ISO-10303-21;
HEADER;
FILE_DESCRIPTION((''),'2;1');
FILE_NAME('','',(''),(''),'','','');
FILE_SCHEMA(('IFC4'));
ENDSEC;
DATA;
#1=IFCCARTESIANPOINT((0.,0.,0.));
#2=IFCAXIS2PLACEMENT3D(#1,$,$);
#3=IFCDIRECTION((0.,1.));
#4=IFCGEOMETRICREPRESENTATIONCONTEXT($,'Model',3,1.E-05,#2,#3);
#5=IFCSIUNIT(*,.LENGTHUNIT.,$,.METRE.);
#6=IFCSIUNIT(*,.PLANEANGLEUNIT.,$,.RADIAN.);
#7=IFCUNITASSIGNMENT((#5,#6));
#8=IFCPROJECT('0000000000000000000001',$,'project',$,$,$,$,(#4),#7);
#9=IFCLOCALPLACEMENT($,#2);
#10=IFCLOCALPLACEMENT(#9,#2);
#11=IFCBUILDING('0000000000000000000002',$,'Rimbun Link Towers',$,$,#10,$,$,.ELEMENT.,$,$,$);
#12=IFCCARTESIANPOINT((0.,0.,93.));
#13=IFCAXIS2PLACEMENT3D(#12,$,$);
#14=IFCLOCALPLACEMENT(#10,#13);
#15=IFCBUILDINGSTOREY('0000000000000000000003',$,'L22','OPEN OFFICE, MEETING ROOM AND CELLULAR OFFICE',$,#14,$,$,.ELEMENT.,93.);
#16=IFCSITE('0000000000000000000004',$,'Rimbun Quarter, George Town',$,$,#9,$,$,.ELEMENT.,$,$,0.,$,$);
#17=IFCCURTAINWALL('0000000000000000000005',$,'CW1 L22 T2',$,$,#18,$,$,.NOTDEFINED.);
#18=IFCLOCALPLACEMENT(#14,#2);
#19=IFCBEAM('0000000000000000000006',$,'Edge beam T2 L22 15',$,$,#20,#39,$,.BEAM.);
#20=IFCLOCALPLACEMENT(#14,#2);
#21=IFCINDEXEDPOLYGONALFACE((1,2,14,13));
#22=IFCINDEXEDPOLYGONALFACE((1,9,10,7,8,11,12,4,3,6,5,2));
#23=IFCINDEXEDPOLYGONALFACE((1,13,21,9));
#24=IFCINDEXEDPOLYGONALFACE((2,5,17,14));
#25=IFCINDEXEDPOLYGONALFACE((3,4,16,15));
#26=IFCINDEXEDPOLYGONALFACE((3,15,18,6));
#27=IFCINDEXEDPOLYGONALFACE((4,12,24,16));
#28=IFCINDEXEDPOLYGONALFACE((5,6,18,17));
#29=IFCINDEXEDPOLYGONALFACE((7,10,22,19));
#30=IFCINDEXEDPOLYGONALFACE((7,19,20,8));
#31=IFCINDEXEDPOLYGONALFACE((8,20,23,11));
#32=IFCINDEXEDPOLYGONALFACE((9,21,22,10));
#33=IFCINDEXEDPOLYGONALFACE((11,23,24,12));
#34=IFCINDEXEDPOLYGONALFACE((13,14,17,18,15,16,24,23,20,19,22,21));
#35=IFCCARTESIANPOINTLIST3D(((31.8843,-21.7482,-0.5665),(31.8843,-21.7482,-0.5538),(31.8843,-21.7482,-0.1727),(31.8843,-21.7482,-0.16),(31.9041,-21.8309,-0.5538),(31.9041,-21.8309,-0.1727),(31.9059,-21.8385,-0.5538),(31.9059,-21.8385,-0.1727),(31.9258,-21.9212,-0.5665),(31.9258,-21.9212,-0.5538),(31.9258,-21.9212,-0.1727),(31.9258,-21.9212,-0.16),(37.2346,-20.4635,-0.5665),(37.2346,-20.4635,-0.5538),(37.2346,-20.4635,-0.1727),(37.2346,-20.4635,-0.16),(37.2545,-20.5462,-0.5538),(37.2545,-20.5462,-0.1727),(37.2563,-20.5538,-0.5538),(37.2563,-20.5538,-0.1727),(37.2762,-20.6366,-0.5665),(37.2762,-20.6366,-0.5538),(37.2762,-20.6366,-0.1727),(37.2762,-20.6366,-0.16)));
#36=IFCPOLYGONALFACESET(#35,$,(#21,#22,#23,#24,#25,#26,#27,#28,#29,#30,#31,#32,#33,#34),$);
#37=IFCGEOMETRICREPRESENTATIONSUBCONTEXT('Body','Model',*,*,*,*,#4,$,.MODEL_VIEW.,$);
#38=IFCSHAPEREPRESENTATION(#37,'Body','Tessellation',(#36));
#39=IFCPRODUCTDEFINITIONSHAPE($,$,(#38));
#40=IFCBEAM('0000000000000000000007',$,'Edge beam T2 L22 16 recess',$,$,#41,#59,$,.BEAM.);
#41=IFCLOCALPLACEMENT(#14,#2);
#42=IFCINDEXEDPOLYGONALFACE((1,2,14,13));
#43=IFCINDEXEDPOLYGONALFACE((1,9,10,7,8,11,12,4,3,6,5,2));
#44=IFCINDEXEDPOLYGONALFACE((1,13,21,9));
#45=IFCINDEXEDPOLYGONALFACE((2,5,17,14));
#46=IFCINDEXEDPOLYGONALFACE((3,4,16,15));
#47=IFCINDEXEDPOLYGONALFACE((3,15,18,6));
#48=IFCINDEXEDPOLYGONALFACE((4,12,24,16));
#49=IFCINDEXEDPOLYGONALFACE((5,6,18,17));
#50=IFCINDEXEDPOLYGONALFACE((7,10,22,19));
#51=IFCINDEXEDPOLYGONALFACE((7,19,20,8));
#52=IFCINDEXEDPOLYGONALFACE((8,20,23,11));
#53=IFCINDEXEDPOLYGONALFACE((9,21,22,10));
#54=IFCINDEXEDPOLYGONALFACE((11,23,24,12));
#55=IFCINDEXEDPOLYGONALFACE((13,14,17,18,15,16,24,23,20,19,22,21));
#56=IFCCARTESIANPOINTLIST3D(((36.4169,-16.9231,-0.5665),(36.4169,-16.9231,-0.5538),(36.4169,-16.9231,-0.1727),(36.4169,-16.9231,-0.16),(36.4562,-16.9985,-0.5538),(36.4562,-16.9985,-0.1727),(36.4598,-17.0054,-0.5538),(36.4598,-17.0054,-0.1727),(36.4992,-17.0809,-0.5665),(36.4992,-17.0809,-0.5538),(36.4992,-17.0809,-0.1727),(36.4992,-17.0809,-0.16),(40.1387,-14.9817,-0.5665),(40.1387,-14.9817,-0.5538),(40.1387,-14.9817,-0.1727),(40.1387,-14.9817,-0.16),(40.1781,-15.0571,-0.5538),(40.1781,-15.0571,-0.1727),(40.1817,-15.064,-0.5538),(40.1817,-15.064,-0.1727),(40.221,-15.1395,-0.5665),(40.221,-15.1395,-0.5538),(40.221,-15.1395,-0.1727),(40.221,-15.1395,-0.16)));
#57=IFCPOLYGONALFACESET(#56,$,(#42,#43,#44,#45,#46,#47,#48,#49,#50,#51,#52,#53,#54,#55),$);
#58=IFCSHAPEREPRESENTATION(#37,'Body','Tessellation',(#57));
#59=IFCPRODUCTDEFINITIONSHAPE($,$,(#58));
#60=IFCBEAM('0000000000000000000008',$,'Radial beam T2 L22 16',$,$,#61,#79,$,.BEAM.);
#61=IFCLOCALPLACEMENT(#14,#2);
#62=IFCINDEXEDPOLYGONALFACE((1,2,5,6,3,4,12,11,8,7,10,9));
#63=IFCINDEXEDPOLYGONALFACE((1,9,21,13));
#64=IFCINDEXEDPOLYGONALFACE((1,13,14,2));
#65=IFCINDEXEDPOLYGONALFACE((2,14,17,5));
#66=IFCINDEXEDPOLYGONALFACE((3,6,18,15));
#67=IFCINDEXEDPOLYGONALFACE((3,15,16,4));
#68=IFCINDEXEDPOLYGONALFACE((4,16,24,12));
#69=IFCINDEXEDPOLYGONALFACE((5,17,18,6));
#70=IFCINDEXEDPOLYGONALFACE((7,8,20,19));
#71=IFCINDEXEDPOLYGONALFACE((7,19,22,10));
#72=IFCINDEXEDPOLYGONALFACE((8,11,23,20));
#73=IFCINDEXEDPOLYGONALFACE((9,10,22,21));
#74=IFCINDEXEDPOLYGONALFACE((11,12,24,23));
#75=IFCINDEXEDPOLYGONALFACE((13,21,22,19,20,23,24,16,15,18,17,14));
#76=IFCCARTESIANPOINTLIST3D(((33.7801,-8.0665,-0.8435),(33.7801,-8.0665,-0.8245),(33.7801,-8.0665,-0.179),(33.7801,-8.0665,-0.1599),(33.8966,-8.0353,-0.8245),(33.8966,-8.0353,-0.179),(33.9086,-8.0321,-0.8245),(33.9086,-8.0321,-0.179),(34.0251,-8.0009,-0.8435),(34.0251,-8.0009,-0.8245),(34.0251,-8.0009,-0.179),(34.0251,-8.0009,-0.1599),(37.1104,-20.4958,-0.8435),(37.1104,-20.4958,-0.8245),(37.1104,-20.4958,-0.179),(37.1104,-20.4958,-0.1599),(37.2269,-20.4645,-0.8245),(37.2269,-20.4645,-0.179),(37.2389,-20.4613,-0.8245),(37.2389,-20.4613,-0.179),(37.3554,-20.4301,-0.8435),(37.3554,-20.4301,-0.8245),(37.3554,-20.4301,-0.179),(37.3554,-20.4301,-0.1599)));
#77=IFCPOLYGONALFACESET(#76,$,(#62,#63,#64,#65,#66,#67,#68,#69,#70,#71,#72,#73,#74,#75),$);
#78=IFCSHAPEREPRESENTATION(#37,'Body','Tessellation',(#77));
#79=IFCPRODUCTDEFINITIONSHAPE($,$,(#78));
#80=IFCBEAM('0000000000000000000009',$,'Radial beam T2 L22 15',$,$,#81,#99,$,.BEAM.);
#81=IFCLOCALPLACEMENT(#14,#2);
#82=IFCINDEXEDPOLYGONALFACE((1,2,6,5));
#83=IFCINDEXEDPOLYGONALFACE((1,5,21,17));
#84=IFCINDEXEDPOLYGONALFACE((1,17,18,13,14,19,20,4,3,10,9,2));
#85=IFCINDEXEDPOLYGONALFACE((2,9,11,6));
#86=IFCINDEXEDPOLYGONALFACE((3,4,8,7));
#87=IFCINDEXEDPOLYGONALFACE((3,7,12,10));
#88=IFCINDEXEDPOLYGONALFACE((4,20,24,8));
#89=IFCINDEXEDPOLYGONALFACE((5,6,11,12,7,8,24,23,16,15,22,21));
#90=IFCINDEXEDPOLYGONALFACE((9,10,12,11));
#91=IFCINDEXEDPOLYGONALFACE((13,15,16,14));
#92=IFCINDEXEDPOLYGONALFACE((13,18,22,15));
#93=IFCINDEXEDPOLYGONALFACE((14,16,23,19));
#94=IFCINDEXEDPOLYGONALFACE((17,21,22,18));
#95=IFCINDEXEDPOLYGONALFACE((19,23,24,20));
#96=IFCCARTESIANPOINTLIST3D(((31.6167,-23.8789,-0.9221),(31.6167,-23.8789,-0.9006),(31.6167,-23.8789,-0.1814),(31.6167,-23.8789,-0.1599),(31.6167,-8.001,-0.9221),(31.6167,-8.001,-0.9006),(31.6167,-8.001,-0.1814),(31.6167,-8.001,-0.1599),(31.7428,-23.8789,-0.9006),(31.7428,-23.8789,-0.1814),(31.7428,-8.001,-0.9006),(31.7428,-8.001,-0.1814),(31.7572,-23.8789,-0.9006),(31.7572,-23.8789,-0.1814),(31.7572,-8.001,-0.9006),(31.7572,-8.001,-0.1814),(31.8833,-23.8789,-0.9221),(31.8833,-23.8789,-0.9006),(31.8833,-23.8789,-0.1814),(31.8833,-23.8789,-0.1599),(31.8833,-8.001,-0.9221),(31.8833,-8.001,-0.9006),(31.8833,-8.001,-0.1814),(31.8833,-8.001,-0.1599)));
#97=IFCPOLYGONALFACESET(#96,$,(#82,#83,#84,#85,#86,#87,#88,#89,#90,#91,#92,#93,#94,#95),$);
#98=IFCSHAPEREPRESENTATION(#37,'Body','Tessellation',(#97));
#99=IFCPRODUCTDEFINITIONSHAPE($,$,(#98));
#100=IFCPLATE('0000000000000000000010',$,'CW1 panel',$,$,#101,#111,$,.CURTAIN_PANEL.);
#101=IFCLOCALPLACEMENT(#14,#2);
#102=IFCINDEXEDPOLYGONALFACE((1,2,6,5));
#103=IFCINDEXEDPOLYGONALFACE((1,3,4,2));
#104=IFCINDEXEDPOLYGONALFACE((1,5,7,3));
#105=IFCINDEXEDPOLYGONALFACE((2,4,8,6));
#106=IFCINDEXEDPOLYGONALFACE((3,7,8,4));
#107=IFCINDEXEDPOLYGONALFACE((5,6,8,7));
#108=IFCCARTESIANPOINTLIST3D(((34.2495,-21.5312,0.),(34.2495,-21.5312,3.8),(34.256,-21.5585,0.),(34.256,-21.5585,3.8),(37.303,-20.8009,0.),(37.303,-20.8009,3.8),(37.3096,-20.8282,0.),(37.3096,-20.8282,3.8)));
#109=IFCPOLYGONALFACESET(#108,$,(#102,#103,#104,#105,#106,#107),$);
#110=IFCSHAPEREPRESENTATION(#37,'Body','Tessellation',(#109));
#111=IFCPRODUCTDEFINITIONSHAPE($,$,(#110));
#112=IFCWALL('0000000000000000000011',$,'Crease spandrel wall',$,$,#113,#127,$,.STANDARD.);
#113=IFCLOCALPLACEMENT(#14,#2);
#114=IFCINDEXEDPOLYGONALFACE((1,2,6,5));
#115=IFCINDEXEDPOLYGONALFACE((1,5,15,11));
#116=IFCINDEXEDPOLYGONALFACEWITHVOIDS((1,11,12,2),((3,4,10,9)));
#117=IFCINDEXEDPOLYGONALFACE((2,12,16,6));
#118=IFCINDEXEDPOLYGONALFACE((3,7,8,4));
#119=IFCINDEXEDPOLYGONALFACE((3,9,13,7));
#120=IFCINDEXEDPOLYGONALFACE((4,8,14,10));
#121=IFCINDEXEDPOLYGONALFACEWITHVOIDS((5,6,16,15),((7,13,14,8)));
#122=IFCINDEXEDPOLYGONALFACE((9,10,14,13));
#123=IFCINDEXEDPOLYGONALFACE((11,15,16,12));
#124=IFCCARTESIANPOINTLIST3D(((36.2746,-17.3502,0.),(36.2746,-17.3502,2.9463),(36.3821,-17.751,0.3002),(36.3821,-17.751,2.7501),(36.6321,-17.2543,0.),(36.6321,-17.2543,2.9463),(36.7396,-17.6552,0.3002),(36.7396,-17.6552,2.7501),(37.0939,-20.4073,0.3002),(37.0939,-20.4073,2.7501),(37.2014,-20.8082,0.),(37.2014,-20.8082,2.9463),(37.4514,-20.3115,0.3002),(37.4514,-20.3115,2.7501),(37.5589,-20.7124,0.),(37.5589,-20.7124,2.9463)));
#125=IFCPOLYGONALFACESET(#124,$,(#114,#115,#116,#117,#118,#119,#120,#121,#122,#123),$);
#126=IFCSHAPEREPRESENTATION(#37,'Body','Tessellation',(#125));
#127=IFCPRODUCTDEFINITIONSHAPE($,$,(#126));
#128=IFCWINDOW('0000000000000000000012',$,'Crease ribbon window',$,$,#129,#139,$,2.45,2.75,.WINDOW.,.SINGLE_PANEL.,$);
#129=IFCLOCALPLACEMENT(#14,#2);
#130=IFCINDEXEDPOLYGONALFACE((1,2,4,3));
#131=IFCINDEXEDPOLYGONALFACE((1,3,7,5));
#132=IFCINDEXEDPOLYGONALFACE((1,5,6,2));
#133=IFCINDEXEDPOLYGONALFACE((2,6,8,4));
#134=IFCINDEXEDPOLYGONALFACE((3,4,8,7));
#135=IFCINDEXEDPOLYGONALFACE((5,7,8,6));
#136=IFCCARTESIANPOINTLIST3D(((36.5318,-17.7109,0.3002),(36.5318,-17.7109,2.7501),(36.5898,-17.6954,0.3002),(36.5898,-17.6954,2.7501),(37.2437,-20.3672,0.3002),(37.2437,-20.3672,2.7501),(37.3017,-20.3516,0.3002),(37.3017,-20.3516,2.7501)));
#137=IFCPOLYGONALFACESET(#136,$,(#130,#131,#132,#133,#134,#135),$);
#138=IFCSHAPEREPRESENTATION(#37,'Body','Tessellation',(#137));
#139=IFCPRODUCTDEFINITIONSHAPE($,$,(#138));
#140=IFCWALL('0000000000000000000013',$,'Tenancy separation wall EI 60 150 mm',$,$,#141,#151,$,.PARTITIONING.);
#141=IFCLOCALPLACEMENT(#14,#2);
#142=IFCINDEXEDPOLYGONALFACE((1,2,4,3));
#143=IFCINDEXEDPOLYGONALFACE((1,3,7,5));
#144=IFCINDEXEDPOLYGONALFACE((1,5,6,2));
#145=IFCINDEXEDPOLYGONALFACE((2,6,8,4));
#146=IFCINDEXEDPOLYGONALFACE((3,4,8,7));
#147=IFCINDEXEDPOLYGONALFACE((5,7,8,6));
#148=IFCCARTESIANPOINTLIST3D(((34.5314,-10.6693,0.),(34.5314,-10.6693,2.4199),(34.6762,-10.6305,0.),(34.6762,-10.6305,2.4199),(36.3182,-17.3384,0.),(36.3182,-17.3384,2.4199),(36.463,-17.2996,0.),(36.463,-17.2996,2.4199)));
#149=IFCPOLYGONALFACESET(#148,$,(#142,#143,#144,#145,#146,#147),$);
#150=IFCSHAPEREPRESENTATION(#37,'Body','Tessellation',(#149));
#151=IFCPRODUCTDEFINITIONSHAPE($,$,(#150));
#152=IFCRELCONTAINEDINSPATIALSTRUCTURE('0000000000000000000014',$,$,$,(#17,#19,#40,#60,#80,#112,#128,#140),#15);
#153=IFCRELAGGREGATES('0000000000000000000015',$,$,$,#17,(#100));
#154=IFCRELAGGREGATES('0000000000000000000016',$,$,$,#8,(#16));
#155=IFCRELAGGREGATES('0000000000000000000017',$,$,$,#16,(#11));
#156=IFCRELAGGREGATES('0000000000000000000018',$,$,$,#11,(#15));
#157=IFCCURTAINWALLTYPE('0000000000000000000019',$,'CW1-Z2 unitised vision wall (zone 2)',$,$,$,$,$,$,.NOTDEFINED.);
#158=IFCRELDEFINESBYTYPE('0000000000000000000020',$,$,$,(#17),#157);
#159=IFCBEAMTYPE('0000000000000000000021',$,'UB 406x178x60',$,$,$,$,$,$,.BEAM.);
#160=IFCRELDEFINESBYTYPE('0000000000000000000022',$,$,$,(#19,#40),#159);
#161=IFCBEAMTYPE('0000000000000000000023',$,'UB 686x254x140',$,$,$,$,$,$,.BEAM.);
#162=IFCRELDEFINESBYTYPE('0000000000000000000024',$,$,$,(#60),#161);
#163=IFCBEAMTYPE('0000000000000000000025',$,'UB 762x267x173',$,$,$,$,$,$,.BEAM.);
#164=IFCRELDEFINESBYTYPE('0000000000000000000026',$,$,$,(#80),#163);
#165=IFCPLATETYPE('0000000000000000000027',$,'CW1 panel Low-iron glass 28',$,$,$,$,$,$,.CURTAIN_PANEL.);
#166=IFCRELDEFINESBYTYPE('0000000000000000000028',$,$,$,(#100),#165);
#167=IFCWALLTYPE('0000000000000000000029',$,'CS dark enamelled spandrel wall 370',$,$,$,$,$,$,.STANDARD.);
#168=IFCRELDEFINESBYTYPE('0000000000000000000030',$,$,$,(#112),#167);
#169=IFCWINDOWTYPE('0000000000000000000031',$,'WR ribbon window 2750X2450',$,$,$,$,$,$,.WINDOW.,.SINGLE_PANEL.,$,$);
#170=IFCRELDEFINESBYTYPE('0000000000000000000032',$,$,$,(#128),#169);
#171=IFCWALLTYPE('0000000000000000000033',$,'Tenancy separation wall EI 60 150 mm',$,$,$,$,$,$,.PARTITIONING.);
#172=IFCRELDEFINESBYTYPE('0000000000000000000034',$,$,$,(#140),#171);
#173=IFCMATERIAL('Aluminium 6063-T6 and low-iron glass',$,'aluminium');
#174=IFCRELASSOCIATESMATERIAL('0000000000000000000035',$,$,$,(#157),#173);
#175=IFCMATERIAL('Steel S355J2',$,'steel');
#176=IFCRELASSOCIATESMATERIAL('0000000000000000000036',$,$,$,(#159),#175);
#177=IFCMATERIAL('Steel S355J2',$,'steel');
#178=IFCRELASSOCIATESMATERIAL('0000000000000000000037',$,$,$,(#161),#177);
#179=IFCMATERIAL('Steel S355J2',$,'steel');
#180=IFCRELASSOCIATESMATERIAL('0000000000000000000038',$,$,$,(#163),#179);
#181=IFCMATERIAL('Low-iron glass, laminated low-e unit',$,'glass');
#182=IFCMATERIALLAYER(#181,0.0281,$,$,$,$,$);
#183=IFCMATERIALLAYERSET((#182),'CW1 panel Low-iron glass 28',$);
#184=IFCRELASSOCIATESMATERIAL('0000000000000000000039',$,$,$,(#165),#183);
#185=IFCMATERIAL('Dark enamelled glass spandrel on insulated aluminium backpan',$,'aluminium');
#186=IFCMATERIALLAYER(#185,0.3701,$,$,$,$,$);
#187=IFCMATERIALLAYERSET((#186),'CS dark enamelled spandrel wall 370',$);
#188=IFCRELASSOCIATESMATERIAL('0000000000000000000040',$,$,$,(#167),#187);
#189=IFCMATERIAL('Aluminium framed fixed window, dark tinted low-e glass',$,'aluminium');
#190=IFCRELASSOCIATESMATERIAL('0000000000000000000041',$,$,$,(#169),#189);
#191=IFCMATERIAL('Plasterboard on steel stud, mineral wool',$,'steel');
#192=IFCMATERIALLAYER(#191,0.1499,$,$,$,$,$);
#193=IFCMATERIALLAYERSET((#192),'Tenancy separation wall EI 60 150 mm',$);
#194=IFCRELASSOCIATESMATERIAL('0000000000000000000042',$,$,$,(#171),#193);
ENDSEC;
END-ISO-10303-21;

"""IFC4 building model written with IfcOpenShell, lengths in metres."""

from ifc_helpers import new_model, si_unit, direction, frame, frame_2d, origin, origin_2d, place, context, subcontext, project, spatial, rectangle, i_section, extrude, material, layer, layer_set, material_profile, profile_set, type_object, element, fill, aggregate, save


model = new_model("IFC4")

# Units and contexts
model_context = context("Model", 3, precision=1e-05, world=origin(), true_north=direction((0.0, 1.0)))
body_context = subcontext(model_context, "Body", "Model", "MODEL_VIEW")
ifc_project = project(units=[si_unit("LENGTHUNIT", "METRE"), si_unit("PLANEANGLEUNIT", "RADIAN")], contexts=[model_context])

# Site, building, storey
site_placement = place(None, origin())
site = spatial("IfcSite", under=ifc_project, at=site_placement, Name="Rimbun Quarter, George Town", CompositionType="ELEMENT", RefElevation=0.0)
building_placement = place(site_placement, origin())
building = spatial("IfcBuilding", under=site, at=building_placement, Name="Rimbun Link Towers", CompositionType="ELEMENT")
storey_placement = place(building_placement, frame((0.0, 0.0, 93.0)))
storey = spatial("IfcBuildingStorey", under=building, at=storey_placement, Name="L22", Description="OPEN OFFICE, MEETING ROOM AND CELLULAR OFFICE", CompositionType="ELEMENT", Elevation=93.0)

# Curtain wall
ifc_material_1 = material(Name="Aluminium 6063-T6 and low-iron glass", Category="aluminium")
curtain_wall_type = type_object("IfcCurtainWallType", Name="CW1-Z2 unitised vision wall (zone 2)", PredefinedType="NOTDEFINED", material=ifc_material_1)
curtain_wall_placement = place(storey_placement, origin())
curtain_wall = element("IfcCurtainWall", 1, at=curtain_wall_placement, inside=storey, type_object=curtain_wall_type, Name="CW1 L22 T2", PredefinedType="NOTDEFINED")

# Beams
ifc_material_2 = material(Name="Steel S355J2", Category="steel")
ifc_material_profile_1 = material_profile(ifc_material_2, i_section(OverallWidth=0.178, OverallDepth=0.4065, WebThickness=0.0078, FlangeThickness=0.0127, at=origin_2d()), Name="UB 406x178x60")
ifc_profile_set_1 = profile_set([ifc_material_profile_1], Name="Steel S355J2")
beam_type_1 = type_object("IfcBeamType", Name="UB 406x178x60", PredefinedType="BEAM", material=ifc_profile_set_1)
beam_1_placement = place(storey_placement, frame((31.905, -21.8347, -0.3633), z_axis=(0.972363, 0.233474, 0.0), x_axis=(-0.233474, 0.972363, 0.0)))
element("IfcBeam", 2, at=beam_1_placement, inside=storey, type_object=beam_type_1, Name="Edge beam T2 L22 15", PredefinedType="BEAM", context=body_context, shape_type="SweptSolid", body=[
    extrude(i_section(OverallWidth=0.178, OverallDepth=0.4065, WebThickness=0.0078, FlangeThickness=0.0127, at=origin_2d()), origin(), (0.0, 0.0, 1.0), 5.5024),
])
beam_2_placement = place(storey_placement, frame((36.458, -17.002, -0.3633), z_axis=(0.88663, 0.462479, 0.0), x_axis=(-0.462479, 0.88663, 0.0)))
element("IfcBeam", 3, at=beam_2_placement, inside=storey, type_object=beam_type_1, Name="Edge beam T2 L22 16 recess", PredefinedType="BEAM", context=body_context, shape_type="SweptSolid", body=[
    extrude(i_section(OverallWidth=0.178, OverallDepth=0.4065, WebThickness=0.0078, FlangeThickness=0.0127, at=origin_2d()), origin(), (0.0, 0.0, 1.0), 4.1978),
])
ifc_material_3 = material(Name="Steel S355J2", Category="steel")
ifc_material_profile_2 = material_profile(ifc_material_3, i_section(OverallWidth=0.2537, OverallDepth=0.6836, WebThickness=0.0125, FlangeThickness=0.019, at=origin_2d()), Name="UB 686x254x140")
ifc_profile_set_2 = profile_set([ifc_material_profile_2], Name="Steel S355J2")
beam_type_2 = type_object("IfcBeamType", Name="UB 686x254x140", PredefinedType="BEAM", material=ifc_profile_set_2)
beam_3_placement = place(storey_placement, frame((33.9026, -8.0337, -0.5017), z_axis=(0.258814, -0.965927, 0.0), x_axis=(0.965927, 0.258814, 0.0)))
element("IfcBeam", 4, at=beam_3_placement, inside=storey, type_object=beam_type_2, Name="Radial beam T2 L22 16", PredefinedType="BEAM", context=body_context, shape_type="SweptSolid", body=[
    extrude(i_section(OverallWidth=0.2537, OverallDepth=0.6836, WebThickness=0.0125, FlangeThickness=0.019, at=origin_2d()), origin(), (0.0, 0.0, 1.0), 12.8677),
])
ifc_material_4 = material(Name="Steel S355J2", Category="steel")
ifc_material_profile_3 = material_profile(ifc_material_4, i_section(OverallWidth=0.2666, OverallDepth=0.7622, WebThickness=0.0144, FlangeThickness=0.0215, at=origin_2d()), Name="UB 762x267x173")
ifc_profile_set_3 = profile_set([ifc_material_profile_3], Name="Steel S355J2")
beam_type_3 = type_object("IfcBeamType", Name="UB 762x267x173", PredefinedType="BEAM", material=ifc_profile_set_3)
beam_4_placement = place(storey_placement, frame((31.75, -8.001, -0.541), z_axis=(0.0, -1.0, 0.0), x_axis=(1.0, 0.0, 0.0)))
element("IfcBeam", 5, at=beam_4_placement, inside=storey, type_object=beam_type_3, Name="Radial beam T2 L22 15", PredefinedType="BEAM", context=body_context, shape_type="SweptSolid", body=[
    extrude(i_section(OverallWidth=0.2666, OverallDepth=0.7622, WebThickness=0.0144, FlangeThickness=0.0215, at=origin_2d()), origin(), (0.0, 0.0, 1.0), 15.8779),
])

# Plate
ifc_material_5 = material(Name="Low-iron glass, laminated low-e unit", Category="glass")
ifc_layer_1 = layer(ifc_material_5, 0.0281)
ifc_layer_set_1 = layer_set([ifc_layer_1], Name="CW1 panel Low-iron glass 28")
plate_type = type_object("IfcPlateType", Name="CW1 panel Low-iron glass 28", PredefinedType="CURTAIN_PANEL", material=ifc_layer_set_1)
plate_placement = place(storey_placement, frame((35.7795, -21.1797, 0.0), z_axis=(0.0, 0.0, 1.0), x_axis=(-0.972572, -0.232601, 0.0)))
plate = element("IfcPlate", 6, at=plate_placement, type_object=plate_type, Name="CW1 panel", PredefinedType="CURTAIN_PANEL", context=body_context, shape_type="SweptSolid", body=[
    extrude(rectangle(XDim=3.1396, YDim=0.0281, at=origin_2d()), origin(), (0.0, 0.0, 1.0), 3.8),
])
aggregate(curtain_wall, [plate])

# Wall, opening, window
ifc_material_6 = material(Name="Dark enamelled glass spandrel on insulated aluminium backpan", Category="aluminium")
ifc_layer_2 = layer(ifc_material_6, 0.3701)
ifc_layer_set_2 = layer_set([ifc_layer_2], Name="CS dark enamelled spandrel wall 370")
wall_type_1 = type_object("IfcWallType", Name="CS dark enamelled spandrel wall 370", PredefinedType="STANDARD", material=ifc_layer_set_2)
wall_1_placement = place(storey_placement, frame((36.4534, -17.3022, 0.0), z_axis=(0.0, 0.0, 1.0), x_axis=(0.258868, -0.965913, 0.0)))
wall_1 = element("IfcWall", 7, at=wall_1_placement, inside=storey, type_object=wall_type_1, Name="Crease spandrel wall", PredefinedType="STANDARD", context=body_context, shape_type="SweptSolid", body=[
    extrude(rectangle(XDim=3.5801, YDim=0.3701, at=frame_2d((1.79, 0.0))), origin(), (0.0, 0.0, 1.0), 2.9463),
])
opening_placement = place(wall_1_placement, frame((0.415, 0.0, 0.3)))
opening = element("IfcOpeningElement", 8, at=opening_placement, cuts=wall_1, PredefinedType="OPENING", context=body_context, shape_type="SweptSolid", body=[
    extrude(rectangle(XDim=2.75, YDim=2.45, at=frame_2d((1.375, 1.2251))), frame((0.0, 0.1951, 0.0), z_axis=(0.0, -1.0, 0.0), x_axis=(1.0, 0.0, 0.0)), (0.0, 0.0, 1.0), 0.3901),
])
ifc_material_7 = material(Name="Aluminium framed fixed window, dark tinted low-e glass", Category="aluminium")
window_type = type_object("IfcWindowType", Name="WR ribbon window 2750X2450", PartitioningType="SINGLE_PANEL", PredefinedType="WINDOW", material=ifc_material_7)
window_placement = place(opening_placement, origin())
window = element("IfcWindow", 9, at=window_placement, inside=storey, type_object=window_type, Name="Crease ribbon window", OverallHeight=2.45, OverallWidth=2.75, PartitioningType="SINGLE_PANEL", PredefinedType="WINDOW", context=body_context, shape_type="SweptSolid", body=[
    extrude(rectangle(XDim=2.75, YDim=2.45, at=frame_2d((1.375, 1.2251))), frame((0.0, 0.03, 0.0), z_axis=(0.0, -1.0, 0.0), x_axis=(1.0, 0.0, 0.0)), (0.0, 0.0, 1.0), 0.0601),
])
fill(opening, window)

# Wall
ifc_material_8 = material(Name="Plasterboard on steel stud, mineral wool", Category="steel")
ifc_layer_3 = layer(ifc_material_8, 0.1499)
ifc_layer_set_3 = layer_set([ifc_layer_3], Name="Tenancy separation wall EI 60 150 mm")
wall_type_2 = type_object("IfcWallType", Name="Tenancy separation wall EI 60 150 mm", PredefinedType="PARTITIONING", material=ifc_layer_set_3)
wall_2_placement = place(storey_placement, frame((34.6038, -10.6499, 0.0), z_axis=(0.0, 0.0, 1.0), x_axis=(0.2588, -0.965931, 0.0)))
element("IfcWall", 10, at=wall_2_placement, inside=storey, type_object=wall_type_2, Name="Tenancy separation wall EI 60 150 mm", PredefinedType="PARTITIONING", context=body_context, shape_type="SweptSolid", body=[
    extrude(rectangle(XDim=6.9043, YDim=0.1499, at=frame_2d((3.4521, 0.0))), origin(), (0.0, 0.0, 1.0), 2.4199),
])

save(model, "model.ifc")
